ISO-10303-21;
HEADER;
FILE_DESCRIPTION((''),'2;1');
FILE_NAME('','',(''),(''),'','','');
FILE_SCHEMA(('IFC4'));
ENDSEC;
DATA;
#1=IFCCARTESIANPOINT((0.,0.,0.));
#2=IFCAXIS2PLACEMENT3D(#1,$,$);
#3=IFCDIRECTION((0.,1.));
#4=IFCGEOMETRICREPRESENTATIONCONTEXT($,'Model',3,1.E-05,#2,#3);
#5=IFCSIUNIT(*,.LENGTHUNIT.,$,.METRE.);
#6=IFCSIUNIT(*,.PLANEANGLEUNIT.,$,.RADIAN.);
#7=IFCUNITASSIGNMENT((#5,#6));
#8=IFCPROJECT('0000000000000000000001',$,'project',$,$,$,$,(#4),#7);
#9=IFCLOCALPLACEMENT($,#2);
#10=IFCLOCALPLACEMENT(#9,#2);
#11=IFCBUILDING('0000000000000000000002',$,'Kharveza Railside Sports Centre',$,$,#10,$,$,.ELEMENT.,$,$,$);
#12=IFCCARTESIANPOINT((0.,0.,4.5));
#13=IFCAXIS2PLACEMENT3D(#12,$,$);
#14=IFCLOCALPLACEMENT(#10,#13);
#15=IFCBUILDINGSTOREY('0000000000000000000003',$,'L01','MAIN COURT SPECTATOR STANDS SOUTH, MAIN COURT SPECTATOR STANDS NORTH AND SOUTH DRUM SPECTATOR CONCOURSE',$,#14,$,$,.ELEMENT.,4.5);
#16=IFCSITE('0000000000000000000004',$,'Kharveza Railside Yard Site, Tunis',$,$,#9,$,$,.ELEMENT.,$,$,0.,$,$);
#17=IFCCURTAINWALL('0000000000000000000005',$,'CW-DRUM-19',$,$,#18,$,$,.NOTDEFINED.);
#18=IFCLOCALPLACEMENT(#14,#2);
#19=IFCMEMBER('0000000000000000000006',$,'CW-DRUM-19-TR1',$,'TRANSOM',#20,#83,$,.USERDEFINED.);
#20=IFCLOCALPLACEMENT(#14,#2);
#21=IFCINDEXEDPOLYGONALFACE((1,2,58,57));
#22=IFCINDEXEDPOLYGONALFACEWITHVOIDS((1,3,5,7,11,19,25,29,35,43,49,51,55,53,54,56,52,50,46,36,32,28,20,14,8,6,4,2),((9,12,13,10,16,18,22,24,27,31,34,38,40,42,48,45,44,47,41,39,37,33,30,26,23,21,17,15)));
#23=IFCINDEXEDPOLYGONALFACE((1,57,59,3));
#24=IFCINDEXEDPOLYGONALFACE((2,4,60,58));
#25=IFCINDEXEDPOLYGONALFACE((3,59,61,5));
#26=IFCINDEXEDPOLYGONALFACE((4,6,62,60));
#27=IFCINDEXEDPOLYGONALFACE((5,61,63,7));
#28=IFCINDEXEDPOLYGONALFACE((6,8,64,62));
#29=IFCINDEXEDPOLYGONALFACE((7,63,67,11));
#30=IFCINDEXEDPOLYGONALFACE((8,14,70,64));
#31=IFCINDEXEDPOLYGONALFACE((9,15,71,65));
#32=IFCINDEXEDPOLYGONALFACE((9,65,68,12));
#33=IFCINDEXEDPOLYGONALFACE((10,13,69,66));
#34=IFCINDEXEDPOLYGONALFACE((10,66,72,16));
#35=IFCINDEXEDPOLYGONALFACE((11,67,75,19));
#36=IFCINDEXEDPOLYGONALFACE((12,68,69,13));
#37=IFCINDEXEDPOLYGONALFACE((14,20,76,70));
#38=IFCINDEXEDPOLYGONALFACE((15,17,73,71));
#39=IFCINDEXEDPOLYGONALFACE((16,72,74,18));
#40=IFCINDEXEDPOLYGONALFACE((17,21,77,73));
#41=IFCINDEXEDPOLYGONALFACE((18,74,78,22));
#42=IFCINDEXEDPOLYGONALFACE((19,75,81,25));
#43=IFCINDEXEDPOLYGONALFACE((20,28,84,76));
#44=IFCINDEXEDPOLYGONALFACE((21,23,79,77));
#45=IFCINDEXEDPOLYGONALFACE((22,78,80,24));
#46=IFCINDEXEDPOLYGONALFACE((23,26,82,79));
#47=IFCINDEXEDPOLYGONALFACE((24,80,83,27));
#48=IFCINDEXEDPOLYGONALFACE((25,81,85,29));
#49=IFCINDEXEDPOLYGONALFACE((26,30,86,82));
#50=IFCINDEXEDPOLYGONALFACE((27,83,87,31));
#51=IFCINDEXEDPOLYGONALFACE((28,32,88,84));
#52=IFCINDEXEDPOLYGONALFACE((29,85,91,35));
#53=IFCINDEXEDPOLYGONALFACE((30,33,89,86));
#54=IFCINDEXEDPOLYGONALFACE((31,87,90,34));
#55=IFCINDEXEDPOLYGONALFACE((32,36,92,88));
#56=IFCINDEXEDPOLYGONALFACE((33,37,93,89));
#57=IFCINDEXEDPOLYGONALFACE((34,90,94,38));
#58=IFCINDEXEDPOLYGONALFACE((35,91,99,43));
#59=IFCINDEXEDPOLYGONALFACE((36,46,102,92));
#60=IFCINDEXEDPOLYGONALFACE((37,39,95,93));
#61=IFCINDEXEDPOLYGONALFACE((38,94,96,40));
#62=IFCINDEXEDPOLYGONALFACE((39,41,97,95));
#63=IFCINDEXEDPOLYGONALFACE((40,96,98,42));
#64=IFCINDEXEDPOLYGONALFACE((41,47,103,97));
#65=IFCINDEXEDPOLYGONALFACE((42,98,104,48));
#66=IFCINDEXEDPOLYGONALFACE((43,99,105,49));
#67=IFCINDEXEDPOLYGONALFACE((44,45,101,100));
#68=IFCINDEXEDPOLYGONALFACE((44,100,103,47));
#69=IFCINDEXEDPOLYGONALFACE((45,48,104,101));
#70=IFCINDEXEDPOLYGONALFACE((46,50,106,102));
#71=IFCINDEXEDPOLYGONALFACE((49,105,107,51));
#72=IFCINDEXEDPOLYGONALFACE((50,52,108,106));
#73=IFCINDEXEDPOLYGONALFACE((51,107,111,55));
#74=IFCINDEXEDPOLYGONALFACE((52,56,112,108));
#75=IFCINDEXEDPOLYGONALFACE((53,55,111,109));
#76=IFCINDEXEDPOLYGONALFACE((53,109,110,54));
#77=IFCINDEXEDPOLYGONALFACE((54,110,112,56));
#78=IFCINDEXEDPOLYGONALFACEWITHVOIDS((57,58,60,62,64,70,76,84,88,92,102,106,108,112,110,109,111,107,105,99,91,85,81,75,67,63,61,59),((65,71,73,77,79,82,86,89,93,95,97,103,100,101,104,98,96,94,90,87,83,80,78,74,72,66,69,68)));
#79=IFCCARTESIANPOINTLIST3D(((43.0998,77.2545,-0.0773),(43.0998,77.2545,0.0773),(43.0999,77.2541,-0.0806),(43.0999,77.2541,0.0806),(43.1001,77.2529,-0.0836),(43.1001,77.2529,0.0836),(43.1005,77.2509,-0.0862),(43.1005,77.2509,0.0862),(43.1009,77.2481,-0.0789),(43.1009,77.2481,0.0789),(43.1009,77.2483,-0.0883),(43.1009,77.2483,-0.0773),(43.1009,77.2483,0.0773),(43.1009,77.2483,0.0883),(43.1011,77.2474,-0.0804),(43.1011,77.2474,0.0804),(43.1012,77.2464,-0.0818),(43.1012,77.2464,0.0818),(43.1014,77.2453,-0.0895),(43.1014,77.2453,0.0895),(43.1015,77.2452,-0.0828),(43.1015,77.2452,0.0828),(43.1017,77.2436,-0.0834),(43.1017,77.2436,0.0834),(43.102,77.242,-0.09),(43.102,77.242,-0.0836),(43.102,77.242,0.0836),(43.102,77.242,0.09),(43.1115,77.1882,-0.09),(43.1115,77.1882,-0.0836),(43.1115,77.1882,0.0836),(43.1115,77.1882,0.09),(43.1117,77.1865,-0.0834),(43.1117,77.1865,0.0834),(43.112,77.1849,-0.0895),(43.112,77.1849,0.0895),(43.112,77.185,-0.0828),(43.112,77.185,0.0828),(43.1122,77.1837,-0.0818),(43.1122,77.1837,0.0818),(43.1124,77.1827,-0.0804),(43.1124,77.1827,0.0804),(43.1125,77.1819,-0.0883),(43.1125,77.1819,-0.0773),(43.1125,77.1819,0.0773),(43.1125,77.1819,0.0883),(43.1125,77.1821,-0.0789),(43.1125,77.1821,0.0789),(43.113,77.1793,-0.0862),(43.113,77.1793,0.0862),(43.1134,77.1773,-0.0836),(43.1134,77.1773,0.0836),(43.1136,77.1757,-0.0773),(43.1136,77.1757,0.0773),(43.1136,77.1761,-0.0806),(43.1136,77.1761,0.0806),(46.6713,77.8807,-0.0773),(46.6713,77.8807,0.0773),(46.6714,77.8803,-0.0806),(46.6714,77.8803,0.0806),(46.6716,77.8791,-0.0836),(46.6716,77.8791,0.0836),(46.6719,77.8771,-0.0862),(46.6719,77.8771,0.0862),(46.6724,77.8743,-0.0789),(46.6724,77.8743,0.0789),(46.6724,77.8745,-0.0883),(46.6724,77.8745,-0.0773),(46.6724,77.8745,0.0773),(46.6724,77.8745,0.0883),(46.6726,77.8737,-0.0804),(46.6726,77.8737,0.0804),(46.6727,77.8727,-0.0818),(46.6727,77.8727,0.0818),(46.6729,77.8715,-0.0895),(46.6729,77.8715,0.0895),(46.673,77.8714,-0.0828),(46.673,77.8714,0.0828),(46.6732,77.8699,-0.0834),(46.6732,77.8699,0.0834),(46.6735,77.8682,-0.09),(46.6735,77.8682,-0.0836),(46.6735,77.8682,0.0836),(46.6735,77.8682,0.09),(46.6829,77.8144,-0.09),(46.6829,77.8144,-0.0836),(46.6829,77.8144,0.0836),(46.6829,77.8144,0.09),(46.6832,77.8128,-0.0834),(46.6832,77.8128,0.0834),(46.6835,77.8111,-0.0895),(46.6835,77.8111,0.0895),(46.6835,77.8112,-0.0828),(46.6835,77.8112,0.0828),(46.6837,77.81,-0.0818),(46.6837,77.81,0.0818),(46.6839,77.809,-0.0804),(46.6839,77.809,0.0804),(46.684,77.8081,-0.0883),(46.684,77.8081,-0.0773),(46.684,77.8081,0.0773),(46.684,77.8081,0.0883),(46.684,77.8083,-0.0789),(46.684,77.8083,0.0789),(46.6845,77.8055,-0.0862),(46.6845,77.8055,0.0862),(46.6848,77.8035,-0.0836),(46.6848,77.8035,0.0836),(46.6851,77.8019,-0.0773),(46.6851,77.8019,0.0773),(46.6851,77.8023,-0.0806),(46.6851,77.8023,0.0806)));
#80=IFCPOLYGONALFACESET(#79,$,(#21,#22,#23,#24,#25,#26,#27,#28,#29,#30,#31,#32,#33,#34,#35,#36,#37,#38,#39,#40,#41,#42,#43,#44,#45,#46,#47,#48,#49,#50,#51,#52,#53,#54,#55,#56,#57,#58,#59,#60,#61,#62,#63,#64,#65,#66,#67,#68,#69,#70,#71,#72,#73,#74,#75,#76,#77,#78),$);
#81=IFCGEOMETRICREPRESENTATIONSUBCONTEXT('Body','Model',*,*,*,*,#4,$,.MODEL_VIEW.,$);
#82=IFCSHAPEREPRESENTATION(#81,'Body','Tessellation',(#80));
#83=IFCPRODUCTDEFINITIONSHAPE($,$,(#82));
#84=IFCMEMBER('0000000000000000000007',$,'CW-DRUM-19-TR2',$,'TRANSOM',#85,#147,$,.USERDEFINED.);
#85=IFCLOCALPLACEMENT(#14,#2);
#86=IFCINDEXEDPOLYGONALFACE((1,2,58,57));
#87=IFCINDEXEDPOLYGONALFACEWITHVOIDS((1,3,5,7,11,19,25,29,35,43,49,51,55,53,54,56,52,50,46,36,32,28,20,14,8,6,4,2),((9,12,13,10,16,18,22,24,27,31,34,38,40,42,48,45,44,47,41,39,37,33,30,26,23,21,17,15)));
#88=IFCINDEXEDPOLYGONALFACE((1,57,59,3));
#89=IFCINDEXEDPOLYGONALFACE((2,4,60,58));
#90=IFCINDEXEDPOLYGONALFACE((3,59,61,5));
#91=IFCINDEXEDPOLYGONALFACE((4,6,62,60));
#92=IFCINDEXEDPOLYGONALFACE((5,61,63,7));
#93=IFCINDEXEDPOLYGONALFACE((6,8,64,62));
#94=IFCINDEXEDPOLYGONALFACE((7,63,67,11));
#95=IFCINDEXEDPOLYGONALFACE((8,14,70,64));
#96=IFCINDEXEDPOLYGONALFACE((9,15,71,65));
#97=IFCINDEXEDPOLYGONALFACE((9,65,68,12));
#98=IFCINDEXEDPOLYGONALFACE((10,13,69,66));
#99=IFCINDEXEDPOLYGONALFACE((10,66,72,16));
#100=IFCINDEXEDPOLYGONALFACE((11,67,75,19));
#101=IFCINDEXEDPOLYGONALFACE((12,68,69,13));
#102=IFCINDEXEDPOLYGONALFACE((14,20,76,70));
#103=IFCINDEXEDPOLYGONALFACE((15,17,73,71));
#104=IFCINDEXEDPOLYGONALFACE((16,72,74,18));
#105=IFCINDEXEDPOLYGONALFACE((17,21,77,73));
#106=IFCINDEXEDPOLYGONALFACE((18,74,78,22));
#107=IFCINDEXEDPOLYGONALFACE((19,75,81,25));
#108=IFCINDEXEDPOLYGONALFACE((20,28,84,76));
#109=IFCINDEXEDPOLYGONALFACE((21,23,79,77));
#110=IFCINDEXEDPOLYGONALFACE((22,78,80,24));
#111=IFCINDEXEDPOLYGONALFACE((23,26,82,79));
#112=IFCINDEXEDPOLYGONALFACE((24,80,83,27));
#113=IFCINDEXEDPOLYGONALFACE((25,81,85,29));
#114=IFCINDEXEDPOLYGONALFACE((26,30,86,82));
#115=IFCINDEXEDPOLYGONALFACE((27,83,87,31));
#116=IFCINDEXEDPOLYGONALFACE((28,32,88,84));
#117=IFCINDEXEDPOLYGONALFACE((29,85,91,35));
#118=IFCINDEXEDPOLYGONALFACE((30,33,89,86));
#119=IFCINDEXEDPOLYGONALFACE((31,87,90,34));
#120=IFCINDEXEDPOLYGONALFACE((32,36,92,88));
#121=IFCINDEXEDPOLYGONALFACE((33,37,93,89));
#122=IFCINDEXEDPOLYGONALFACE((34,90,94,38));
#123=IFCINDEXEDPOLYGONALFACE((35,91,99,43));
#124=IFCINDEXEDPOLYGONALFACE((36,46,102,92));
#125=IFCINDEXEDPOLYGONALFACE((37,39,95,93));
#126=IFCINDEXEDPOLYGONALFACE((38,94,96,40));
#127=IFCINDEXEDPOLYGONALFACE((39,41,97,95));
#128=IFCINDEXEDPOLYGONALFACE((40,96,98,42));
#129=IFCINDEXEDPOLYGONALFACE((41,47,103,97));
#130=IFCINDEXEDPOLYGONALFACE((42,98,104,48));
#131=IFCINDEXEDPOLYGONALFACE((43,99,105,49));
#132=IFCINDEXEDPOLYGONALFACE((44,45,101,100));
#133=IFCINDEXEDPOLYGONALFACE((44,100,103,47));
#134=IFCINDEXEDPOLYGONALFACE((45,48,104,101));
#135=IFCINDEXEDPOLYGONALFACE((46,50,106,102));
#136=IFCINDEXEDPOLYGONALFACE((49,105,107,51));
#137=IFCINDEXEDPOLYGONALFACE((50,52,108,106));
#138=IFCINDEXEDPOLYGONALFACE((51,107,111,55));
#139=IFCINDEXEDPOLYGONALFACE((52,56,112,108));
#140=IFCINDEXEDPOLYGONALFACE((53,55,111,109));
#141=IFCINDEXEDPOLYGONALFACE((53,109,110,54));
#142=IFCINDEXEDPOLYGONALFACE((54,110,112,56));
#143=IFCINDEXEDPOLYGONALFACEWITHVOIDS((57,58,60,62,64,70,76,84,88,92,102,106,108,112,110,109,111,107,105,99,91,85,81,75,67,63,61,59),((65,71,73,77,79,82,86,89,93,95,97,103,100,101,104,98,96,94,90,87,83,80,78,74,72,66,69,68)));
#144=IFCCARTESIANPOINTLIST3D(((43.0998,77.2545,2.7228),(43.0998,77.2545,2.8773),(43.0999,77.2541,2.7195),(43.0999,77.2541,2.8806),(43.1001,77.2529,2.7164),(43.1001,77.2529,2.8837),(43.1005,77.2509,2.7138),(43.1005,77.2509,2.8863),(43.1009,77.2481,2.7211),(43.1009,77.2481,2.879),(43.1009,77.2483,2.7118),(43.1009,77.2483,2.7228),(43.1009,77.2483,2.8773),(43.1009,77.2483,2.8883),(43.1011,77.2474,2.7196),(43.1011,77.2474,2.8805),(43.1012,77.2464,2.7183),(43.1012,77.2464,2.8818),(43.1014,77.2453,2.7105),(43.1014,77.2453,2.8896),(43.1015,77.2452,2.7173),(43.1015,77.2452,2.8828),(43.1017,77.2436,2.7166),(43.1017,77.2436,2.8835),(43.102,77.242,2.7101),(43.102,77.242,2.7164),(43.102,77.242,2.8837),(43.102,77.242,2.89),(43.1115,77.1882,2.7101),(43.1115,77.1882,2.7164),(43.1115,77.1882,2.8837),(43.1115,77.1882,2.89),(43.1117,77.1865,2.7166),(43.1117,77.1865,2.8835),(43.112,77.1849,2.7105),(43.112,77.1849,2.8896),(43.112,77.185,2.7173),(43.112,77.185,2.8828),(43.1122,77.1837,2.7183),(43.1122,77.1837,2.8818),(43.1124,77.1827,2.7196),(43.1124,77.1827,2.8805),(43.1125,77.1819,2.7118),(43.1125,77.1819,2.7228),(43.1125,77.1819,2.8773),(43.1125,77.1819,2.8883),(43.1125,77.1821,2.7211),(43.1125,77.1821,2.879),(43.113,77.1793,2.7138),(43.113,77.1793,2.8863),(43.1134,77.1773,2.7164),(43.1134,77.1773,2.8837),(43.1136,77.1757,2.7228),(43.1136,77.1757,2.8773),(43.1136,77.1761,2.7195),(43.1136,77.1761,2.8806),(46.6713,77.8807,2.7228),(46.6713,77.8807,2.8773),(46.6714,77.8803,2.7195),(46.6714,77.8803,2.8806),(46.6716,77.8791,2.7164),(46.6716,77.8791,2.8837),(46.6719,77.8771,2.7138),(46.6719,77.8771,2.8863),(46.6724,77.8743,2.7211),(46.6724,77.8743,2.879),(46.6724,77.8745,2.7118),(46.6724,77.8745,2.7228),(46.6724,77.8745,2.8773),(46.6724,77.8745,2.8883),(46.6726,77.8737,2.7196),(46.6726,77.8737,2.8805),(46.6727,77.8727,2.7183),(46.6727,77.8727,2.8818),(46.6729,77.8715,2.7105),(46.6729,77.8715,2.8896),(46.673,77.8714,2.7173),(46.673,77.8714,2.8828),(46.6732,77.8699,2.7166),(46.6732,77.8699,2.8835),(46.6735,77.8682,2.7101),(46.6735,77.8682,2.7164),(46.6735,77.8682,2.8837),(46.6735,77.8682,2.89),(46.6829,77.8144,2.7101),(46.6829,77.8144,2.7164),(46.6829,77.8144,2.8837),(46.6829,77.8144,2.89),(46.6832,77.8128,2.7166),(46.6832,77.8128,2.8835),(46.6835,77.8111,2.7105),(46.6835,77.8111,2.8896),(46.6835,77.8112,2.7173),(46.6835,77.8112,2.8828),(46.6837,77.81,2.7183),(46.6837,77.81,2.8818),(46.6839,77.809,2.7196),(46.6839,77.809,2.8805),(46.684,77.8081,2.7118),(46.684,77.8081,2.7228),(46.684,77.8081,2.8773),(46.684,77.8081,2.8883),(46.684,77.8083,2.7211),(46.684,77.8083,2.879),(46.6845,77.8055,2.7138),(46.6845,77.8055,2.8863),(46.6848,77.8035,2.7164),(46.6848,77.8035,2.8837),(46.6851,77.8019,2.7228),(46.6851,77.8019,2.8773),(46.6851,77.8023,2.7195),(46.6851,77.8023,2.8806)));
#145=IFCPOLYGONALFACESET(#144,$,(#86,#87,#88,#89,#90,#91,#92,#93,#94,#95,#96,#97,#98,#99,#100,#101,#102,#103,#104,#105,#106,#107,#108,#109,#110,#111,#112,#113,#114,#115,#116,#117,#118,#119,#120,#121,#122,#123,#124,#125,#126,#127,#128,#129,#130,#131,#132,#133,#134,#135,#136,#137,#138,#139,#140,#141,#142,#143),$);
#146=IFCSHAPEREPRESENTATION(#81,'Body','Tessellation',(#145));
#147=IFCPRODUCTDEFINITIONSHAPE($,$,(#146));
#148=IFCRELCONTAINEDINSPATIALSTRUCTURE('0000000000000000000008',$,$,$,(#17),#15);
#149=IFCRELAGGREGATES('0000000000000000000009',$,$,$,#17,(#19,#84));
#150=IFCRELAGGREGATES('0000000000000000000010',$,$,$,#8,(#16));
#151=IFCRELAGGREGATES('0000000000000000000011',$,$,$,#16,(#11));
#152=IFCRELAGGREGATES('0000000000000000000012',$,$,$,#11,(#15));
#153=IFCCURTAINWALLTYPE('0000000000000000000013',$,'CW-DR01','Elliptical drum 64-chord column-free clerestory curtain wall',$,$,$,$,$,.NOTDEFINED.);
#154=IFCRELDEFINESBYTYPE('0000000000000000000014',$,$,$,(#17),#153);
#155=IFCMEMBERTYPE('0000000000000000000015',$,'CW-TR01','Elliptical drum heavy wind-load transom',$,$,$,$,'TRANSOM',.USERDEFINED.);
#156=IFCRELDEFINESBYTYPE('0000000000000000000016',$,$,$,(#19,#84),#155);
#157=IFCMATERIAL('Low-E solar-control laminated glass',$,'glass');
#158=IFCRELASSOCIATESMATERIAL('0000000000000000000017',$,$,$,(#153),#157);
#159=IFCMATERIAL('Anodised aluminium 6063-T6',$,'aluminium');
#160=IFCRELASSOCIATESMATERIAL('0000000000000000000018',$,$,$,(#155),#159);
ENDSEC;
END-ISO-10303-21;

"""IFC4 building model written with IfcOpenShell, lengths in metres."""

from ifc_helpers import new_model, si_unit, direction, frame, origin, origin_2d, place, context, subcontext, project, spatial, hollow_rectangle, extrude, material, material_profile, profile_set, type_object, element, aggregate, save


model = new_model("IFC4")

# Units and contexts
model_context = context("Model", 3, precision=1e-05, world=origin(), true_north=direction((0.0, 1.0)))
body_context = subcontext(model_context, "Body", "Model", "MODEL_VIEW")
ifc_project = project(units=[si_unit("LENGTHUNIT", "METRE"), si_unit("PLANEANGLEUNIT", "RADIAN")], contexts=[model_context])

# Site, building, storey
site_placement = place(None, origin())
site = spatial("IfcSite", under=ifc_project, at=site_placement, Name="Kharveza Railside Yard Site, Tunis", CompositionType="ELEMENT", RefElevation=0.0)
building_placement = place(site_placement, origin())
building = spatial("IfcBuilding", under=site, at=building_placement, Name="Kharveza Railside Sports Centre", CompositionType="ELEMENT")
storey_placement = place(building_placement, frame((0.0, 0.0, 4.5)))
storey = spatial("IfcBuildingStorey", under=building, at=storey_placement, Name="L01", Description="MAIN COURT SPECTATOR STANDS SOUTH, MAIN COURT SPECTATOR STANDS NORTH AND SOUTH DRUM SPECTATOR CONCOURSE", CompositionType="ELEMENT", Elevation=4.5)

# Curtain wall, members
ifc_material_1 = material(Name="Low-E solar-control laminated glass", Category="glass")
curtain_wall_type = type_object("IfcCurtainWallType", Name="CW-DR01", Description="Elliptical drum 64-chord column-free clerestory curtain wall", PredefinedType="NOTDEFINED", material=ifc_material_1)
ifc_material_2 = material(Name="Anodised aluminium 6063-T6", Category="aluminium")
ifc_material_profile_1 = material_profile(ifc_material_2, hollow_rectangle(XDim=0.0801, YDim=0.1799, WallThickness=0.0063, InnerFilletRadius=0.0063, OuterFilletRadius=0.0127, at=origin_2d()), Name="RHS 80x180x6.3")
ifc_profile_set_1 = profile_set([ifc_material_profile_1], Name="Anodised aluminium 6063-T6")
member_type_1 = type_object("IfcMemberType", Name="CW-TR01", Description="Elliptical drum heavy wind-load transom", ElementType="TRANSOM", PredefinedType="USERDEFINED", material=ifc_profile_set_1)
curtain_wall_1_placement = place(storey_placement, origin())
curtain_wall_1 = element("IfcCurtainWall", 1, at=curtain_wall_1_placement, inside=storey, type_object=curtain_wall_type, Name="CW-DRUM-19", PredefinedType="NOTDEFINED")
member_1_placement = place(storey_placement, frame((46.6782, 77.8413, 0.0), z_axis=(-0.984974, -0.172702, 0.0), x_axis=(0.172702, -0.984974, 0.0)))
member_1 = element("IfcMember", 2, at=member_1_placement, type_object=member_type_1, Name="CW-DRUM-19-TR1", ObjectType="TRANSOM", PredefinedType="USERDEFINED", context=body_context, shape_type="SweptSolid", body=[
    extrude(hollow_rectangle(XDim=0.0801, YDim=0.1799, WallThickness=0.0063, InnerFilletRadius=0.0063, OuterFilletRadius=0.0127, at=origin_2d()), origin(), (0.0, 0.0, 1.0), 3.626),
])
member_2_placement = place(storey_placement, frame((46.6782, 77.8413, 2.8), z_axis=(-0.984974, -0.172702, 0.0), x_axis=(0.172702, -0.984974, 0.0)))
member_2 = element("IfcMember", 3, at=member_2_placement, type_object=member_type_1, Name="CW-DRUM-19-TR2", ObjectType="TRANSOM", PredefinedType="USERDEFINED", context=body_context, shape_type="SweptSolid", body=[
    extrude(hollow_rectangle(XDim=0.0801, YDim=0.1799, WallThickness=0.0063, InnerFilletRadius=0.0063, OuterFilletRadius=0.0127, at=origin_2d()), origin(), (0.0, 0.0, 1.0), 3.626),
])
aggregate(curtain_wall_1, [member_1, member_2])

save(model, "model.ifc")
